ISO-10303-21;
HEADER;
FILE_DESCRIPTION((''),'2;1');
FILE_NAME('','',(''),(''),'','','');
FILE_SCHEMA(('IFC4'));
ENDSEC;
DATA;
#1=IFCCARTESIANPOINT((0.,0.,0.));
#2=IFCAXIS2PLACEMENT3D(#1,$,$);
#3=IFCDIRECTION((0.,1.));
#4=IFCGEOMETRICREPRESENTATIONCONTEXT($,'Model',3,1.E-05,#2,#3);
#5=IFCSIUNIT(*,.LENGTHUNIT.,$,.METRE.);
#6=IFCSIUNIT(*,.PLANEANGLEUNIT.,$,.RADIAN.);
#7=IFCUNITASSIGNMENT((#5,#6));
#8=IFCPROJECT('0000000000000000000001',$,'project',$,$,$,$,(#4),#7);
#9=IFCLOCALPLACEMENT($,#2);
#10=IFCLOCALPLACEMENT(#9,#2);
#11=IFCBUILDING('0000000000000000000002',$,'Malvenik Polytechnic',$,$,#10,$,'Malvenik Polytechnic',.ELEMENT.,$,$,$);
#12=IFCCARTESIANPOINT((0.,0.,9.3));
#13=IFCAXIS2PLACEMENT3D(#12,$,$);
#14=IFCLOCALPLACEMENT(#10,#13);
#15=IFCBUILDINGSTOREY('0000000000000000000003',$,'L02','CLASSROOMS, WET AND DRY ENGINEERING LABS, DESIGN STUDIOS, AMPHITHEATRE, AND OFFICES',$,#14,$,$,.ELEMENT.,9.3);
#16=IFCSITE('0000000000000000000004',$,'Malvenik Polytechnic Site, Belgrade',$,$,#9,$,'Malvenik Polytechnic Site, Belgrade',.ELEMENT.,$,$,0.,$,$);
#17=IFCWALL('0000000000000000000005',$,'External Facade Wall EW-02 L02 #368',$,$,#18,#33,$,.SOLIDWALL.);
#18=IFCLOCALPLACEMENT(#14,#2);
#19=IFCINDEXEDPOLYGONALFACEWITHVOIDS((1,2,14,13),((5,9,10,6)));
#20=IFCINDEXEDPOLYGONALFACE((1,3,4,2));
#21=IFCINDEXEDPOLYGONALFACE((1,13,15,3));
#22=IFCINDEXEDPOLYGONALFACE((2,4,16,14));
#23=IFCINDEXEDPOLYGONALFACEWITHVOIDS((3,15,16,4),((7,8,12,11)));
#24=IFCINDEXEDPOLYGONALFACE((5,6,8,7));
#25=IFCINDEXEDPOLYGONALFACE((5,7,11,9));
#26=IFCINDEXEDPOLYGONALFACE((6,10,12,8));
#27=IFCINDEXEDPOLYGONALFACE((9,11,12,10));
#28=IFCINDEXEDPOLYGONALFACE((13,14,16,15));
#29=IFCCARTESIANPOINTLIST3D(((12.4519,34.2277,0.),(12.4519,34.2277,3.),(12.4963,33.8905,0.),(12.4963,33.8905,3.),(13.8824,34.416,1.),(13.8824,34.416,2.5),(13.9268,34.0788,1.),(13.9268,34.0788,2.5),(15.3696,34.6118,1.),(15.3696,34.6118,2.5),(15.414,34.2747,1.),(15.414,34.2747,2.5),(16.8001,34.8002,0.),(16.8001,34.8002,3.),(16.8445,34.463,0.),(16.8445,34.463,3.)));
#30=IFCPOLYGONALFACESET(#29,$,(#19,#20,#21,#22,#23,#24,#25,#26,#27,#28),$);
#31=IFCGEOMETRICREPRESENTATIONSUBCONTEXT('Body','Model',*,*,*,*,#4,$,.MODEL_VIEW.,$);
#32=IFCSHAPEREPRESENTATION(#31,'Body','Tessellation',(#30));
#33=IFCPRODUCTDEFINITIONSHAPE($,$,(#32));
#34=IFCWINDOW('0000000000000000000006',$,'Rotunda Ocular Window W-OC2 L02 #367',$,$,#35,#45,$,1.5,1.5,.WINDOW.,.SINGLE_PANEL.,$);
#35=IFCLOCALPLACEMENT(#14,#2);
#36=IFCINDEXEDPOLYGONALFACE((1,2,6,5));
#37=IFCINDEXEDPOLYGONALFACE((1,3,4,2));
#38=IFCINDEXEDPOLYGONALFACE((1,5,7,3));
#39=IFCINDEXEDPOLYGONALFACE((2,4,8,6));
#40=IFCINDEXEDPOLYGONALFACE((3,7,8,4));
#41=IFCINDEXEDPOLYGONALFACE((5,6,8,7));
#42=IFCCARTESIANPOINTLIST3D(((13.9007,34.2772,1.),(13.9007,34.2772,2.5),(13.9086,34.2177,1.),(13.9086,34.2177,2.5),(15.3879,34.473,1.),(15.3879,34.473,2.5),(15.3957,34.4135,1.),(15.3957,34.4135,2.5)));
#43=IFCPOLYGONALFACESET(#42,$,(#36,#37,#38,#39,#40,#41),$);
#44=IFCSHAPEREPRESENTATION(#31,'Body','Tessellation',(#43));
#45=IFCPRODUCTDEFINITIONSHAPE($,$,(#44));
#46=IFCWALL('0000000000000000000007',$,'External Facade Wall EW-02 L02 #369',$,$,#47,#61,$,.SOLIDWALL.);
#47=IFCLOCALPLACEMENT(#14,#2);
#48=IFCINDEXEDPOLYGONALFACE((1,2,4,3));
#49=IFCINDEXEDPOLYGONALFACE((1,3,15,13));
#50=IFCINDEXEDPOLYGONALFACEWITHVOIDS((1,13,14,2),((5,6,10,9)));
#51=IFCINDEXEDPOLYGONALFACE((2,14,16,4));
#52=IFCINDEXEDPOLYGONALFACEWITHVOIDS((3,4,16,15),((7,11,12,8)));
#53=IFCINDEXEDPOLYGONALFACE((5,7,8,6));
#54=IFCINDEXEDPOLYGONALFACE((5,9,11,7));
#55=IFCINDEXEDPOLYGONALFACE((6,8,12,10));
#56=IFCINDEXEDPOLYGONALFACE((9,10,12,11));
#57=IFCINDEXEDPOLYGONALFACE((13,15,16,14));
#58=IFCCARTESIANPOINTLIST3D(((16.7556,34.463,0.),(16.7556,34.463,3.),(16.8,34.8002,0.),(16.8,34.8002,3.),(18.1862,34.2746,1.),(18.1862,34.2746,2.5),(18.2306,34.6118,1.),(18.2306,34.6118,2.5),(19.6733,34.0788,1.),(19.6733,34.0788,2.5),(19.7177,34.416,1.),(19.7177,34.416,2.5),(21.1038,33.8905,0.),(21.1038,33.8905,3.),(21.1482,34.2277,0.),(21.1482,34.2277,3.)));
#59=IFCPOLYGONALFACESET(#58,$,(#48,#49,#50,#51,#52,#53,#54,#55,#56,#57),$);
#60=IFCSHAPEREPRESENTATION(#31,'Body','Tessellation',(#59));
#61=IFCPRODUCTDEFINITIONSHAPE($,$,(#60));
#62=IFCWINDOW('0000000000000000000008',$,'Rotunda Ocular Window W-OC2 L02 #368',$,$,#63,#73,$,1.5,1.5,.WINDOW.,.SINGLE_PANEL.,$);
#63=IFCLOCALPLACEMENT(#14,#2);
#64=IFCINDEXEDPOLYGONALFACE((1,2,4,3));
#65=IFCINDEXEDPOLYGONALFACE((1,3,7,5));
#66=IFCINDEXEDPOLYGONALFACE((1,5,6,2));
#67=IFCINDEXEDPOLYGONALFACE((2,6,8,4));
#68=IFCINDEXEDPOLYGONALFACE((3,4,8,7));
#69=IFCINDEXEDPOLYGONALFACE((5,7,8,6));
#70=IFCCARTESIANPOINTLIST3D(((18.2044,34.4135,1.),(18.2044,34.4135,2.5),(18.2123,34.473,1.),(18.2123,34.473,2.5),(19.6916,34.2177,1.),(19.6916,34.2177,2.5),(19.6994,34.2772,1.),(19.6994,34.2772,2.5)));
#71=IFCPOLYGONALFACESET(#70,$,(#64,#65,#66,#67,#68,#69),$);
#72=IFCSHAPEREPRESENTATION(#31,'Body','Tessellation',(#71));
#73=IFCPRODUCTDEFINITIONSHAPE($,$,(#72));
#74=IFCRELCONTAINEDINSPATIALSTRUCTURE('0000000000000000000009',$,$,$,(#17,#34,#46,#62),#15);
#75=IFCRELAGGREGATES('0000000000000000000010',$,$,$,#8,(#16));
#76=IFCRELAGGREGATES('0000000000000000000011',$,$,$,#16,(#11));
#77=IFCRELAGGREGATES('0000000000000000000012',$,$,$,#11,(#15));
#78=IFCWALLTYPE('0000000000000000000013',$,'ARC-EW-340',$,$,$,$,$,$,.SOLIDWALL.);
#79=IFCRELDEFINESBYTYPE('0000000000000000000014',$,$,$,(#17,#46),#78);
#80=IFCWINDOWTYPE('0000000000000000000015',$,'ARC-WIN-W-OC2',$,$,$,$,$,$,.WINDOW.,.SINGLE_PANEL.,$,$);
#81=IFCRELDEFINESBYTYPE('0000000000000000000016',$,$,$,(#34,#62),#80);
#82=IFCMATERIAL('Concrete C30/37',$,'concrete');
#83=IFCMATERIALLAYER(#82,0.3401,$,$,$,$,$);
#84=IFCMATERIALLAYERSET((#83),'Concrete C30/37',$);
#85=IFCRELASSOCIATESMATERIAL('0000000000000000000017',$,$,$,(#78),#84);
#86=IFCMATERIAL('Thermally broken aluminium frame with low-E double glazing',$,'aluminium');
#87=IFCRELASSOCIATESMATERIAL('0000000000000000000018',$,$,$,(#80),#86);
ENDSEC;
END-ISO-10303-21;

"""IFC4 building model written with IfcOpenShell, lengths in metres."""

from ifc_helpers import new_model, si_unit, direction, frame, frame_2d, origin, place, context, subcontext, project, spatial, rectangle, extrude, material, layer, layer_set, type_object, element, fill, save


model = new_model("IFC4")

# Units and contexts
model_context = context("Model", 3, precision=1e-05, world=origin(), true_north=direction((0.0, 1.0)))
body_context = subcontext(model_context, "Body", "Model", "MODEL_VIEW")
ifc_project = project(units=[si_unit("LENGTHUNIT", "METRE"), si_unit("PLANEANGLEUNIT", "RADIAN")], contexts=[model_context])

# Site, building, storey
site_placement = place(None, origin())
site = spatial("IfcSite", under=ifc_project, at=site_placement, Name="Malvenik Polytechnic Site, Belgrade", LongName="Malvenik Polytechnic Site, Belgrade", CompositionType="ELEMENT", RefElevation=0.0)
building_placement = place(site_placement, origin())
building = spatial("IfcBuilding", under=site, at=building_placement, Name="Malvenik Polytechnic", LongName="Malvenik Polytechnic", CompositionType="ELEMENT")
storey_placement = place(building_placement, frame((0.0, 0.0, 9.3)))
storey = spatial("IfcBuildingStorey", under=building, at=storey_placement, Name="L02", Description="CLASSROOMS, WET AND DRY ENGINEERING LABS, DESIGN STUDIOS, AMPHITHEATRE, AND OFFICES", CompositionType="ELEMENT", Elevation=9.3)

# Walls, openings, windows
ifc_material_1 = material(Name="Concrete C30/37", Category="concrete")
ifc_layer = layer(ifc_material_1, 0.3401)
ifc_layer_set = layer_set([ifc_layer], Name="Concrete C30/37")
wall_type = type_object("IfcWallType", Name="ARC-EW-340", PredefinedType="SOLIDWALL", material=ifc_layer_set)
ifc_material_2 = material(Name="Thermally broken aluminium frame with low-E double glazing", Category="aluminium")
window_type = type_object("IfcWindowType", Name="ARC-WIN-W-OC2", PartitioningType="SINGLE_PANEL", PredefinedType="WINDOW", material=ifc_material_2)
wall_1_placement = place(storey_placement, frame((12.4741, 34.0591, 0.0), z_axis=(0.0, 0.0, 1.0), x_axis=(0.991443, 0.130541, 0.0)))
wall_1 = element("IfcWall", 1, at=wall_1_placement, inside=storey, type_object=wall_type, Name="External Facade Wall EW-02 L02 #368", PredefinedType="SOLIDWALL", context=body_context, shape_type="SweptSolid", body=[
    extrude(rectangle(XDim=4.3857, YDim=0.3401, at=frame_2d((2.1929, 0.0))), origin(), (0.0, 0.0, 1.0), 3.0),
])
opening_1_placement = place(wall_1_placement, frame((1.4429, 0.0, 1.0)))
opening_1 = element("IfcOpeningElement", 2, at=opening_1_placement, cuts=wall_1, PredefinedType="OPENING", context=body_context, shape_type="SweptSolid", body=[
    extrude(rectangle(XDim=1.5, YDim=1.5, at=frame_2d((0.75, 0.75))), frame((0.0, 0.1802, 0.0), z_axis=(0.0, -1.0, 0.0), x_axis=(1.0, 0.0, 0.0)), (0.0, 0.0, 1.0), 0.3601),
])
window_1_placement = place(opening_1_placement, origin())
window_1 = element("IfcWindow", 3, at=window_1_placement, inside=storey, type_object=window_type, Name="Rotunda Ocular Window W-OC2 L02 #367", OverallHeight=1.5, OverallWidth=1.5, PartitioningType="SINGLE_PANEL", PredefinedType="WINDOW", context=body_context, shape_type="SweptSolid", body=[
    extrude(rectangle(XDim=1.5, YDim=1.5, at=frame_2d((0.75, 0.75))), frame((0.0, 0.03, 0.0), z_axis=(0.0, -1.0, 0.0), x_axis=(1.0, 0.0, 0.0)), (0.0, 0.0, 1.0), 0.0601),
])
fill(opening_1, window_1)
wall_2_placement = place(storey_placement, frame((16.7778, 34.6316, 0.0), z_axis=(0.0, 0.0, 1.0), x_axis=(0.991443, -0.130541, 0.0)))
wall_2 = element("IfcWall", 4, at=wall_2_placement, inside=storey, type_object=wall_type, Name="External Facade Wall EW-02 L02 #369", PredefinedType="SOLIDWALL", context=body_context, shape_type="SweptSolid", body=[
    extrude(rectangle(XDim=4.3857, YDim=0.3401, at=frame_2d((2.1929, 0.0))), origin(), (0.0, 0.0, 1.0), 3.0),
])
opening_2_placement = place(wall_2_placement, frame((1.4429, 0.0, 1.0)))
opening_2 = element("IfcOpeningElement", 5, at=opening_2_placement, cuts=wall_2, PredefinedType="OPENING", context=body_context, shape_type="SweptSolid", body=[
    extrude(rectangle(XDim=1.5, YDim=1.5, at=frame_2d((0.75, 0.75))), frame((0.0, 0.1802, 0.0), z_axis=(0.0, -1.0, 0.0), x_axis=(1.0, 0.0, 0.0)), (0.0, 0.0, 1.0), 0.3601),
])
window_2_placement = place(opening_2_placement, origin())
window_2 = element("IfcWindow", 6, at=window_2_placement, inside=storey, type_object=window_type, Name="Rotunda Ocular Window W-OC2 L02 #368", OverallHeight=1.5, OverallWidth=1.5, PartitioningType="SINGLE_PANEL", PredefinedType="WINDOW", context=body_context, shape_type="SweptSolid", body=[
    extrude(rectangle(XDim=1.5, YDim=1.5, at=frame_2d((0.75, 0.75))), frame((0.0, 0.03, 0.0), z_axis=(0.0, -1.0, 0.0), x_axis=(1.0, 0.0, 0.0)), (0.0, 0.0, 1.0), 0.0601),
])
fill(opening_2, window_2)

save(model, "model.ifc")
